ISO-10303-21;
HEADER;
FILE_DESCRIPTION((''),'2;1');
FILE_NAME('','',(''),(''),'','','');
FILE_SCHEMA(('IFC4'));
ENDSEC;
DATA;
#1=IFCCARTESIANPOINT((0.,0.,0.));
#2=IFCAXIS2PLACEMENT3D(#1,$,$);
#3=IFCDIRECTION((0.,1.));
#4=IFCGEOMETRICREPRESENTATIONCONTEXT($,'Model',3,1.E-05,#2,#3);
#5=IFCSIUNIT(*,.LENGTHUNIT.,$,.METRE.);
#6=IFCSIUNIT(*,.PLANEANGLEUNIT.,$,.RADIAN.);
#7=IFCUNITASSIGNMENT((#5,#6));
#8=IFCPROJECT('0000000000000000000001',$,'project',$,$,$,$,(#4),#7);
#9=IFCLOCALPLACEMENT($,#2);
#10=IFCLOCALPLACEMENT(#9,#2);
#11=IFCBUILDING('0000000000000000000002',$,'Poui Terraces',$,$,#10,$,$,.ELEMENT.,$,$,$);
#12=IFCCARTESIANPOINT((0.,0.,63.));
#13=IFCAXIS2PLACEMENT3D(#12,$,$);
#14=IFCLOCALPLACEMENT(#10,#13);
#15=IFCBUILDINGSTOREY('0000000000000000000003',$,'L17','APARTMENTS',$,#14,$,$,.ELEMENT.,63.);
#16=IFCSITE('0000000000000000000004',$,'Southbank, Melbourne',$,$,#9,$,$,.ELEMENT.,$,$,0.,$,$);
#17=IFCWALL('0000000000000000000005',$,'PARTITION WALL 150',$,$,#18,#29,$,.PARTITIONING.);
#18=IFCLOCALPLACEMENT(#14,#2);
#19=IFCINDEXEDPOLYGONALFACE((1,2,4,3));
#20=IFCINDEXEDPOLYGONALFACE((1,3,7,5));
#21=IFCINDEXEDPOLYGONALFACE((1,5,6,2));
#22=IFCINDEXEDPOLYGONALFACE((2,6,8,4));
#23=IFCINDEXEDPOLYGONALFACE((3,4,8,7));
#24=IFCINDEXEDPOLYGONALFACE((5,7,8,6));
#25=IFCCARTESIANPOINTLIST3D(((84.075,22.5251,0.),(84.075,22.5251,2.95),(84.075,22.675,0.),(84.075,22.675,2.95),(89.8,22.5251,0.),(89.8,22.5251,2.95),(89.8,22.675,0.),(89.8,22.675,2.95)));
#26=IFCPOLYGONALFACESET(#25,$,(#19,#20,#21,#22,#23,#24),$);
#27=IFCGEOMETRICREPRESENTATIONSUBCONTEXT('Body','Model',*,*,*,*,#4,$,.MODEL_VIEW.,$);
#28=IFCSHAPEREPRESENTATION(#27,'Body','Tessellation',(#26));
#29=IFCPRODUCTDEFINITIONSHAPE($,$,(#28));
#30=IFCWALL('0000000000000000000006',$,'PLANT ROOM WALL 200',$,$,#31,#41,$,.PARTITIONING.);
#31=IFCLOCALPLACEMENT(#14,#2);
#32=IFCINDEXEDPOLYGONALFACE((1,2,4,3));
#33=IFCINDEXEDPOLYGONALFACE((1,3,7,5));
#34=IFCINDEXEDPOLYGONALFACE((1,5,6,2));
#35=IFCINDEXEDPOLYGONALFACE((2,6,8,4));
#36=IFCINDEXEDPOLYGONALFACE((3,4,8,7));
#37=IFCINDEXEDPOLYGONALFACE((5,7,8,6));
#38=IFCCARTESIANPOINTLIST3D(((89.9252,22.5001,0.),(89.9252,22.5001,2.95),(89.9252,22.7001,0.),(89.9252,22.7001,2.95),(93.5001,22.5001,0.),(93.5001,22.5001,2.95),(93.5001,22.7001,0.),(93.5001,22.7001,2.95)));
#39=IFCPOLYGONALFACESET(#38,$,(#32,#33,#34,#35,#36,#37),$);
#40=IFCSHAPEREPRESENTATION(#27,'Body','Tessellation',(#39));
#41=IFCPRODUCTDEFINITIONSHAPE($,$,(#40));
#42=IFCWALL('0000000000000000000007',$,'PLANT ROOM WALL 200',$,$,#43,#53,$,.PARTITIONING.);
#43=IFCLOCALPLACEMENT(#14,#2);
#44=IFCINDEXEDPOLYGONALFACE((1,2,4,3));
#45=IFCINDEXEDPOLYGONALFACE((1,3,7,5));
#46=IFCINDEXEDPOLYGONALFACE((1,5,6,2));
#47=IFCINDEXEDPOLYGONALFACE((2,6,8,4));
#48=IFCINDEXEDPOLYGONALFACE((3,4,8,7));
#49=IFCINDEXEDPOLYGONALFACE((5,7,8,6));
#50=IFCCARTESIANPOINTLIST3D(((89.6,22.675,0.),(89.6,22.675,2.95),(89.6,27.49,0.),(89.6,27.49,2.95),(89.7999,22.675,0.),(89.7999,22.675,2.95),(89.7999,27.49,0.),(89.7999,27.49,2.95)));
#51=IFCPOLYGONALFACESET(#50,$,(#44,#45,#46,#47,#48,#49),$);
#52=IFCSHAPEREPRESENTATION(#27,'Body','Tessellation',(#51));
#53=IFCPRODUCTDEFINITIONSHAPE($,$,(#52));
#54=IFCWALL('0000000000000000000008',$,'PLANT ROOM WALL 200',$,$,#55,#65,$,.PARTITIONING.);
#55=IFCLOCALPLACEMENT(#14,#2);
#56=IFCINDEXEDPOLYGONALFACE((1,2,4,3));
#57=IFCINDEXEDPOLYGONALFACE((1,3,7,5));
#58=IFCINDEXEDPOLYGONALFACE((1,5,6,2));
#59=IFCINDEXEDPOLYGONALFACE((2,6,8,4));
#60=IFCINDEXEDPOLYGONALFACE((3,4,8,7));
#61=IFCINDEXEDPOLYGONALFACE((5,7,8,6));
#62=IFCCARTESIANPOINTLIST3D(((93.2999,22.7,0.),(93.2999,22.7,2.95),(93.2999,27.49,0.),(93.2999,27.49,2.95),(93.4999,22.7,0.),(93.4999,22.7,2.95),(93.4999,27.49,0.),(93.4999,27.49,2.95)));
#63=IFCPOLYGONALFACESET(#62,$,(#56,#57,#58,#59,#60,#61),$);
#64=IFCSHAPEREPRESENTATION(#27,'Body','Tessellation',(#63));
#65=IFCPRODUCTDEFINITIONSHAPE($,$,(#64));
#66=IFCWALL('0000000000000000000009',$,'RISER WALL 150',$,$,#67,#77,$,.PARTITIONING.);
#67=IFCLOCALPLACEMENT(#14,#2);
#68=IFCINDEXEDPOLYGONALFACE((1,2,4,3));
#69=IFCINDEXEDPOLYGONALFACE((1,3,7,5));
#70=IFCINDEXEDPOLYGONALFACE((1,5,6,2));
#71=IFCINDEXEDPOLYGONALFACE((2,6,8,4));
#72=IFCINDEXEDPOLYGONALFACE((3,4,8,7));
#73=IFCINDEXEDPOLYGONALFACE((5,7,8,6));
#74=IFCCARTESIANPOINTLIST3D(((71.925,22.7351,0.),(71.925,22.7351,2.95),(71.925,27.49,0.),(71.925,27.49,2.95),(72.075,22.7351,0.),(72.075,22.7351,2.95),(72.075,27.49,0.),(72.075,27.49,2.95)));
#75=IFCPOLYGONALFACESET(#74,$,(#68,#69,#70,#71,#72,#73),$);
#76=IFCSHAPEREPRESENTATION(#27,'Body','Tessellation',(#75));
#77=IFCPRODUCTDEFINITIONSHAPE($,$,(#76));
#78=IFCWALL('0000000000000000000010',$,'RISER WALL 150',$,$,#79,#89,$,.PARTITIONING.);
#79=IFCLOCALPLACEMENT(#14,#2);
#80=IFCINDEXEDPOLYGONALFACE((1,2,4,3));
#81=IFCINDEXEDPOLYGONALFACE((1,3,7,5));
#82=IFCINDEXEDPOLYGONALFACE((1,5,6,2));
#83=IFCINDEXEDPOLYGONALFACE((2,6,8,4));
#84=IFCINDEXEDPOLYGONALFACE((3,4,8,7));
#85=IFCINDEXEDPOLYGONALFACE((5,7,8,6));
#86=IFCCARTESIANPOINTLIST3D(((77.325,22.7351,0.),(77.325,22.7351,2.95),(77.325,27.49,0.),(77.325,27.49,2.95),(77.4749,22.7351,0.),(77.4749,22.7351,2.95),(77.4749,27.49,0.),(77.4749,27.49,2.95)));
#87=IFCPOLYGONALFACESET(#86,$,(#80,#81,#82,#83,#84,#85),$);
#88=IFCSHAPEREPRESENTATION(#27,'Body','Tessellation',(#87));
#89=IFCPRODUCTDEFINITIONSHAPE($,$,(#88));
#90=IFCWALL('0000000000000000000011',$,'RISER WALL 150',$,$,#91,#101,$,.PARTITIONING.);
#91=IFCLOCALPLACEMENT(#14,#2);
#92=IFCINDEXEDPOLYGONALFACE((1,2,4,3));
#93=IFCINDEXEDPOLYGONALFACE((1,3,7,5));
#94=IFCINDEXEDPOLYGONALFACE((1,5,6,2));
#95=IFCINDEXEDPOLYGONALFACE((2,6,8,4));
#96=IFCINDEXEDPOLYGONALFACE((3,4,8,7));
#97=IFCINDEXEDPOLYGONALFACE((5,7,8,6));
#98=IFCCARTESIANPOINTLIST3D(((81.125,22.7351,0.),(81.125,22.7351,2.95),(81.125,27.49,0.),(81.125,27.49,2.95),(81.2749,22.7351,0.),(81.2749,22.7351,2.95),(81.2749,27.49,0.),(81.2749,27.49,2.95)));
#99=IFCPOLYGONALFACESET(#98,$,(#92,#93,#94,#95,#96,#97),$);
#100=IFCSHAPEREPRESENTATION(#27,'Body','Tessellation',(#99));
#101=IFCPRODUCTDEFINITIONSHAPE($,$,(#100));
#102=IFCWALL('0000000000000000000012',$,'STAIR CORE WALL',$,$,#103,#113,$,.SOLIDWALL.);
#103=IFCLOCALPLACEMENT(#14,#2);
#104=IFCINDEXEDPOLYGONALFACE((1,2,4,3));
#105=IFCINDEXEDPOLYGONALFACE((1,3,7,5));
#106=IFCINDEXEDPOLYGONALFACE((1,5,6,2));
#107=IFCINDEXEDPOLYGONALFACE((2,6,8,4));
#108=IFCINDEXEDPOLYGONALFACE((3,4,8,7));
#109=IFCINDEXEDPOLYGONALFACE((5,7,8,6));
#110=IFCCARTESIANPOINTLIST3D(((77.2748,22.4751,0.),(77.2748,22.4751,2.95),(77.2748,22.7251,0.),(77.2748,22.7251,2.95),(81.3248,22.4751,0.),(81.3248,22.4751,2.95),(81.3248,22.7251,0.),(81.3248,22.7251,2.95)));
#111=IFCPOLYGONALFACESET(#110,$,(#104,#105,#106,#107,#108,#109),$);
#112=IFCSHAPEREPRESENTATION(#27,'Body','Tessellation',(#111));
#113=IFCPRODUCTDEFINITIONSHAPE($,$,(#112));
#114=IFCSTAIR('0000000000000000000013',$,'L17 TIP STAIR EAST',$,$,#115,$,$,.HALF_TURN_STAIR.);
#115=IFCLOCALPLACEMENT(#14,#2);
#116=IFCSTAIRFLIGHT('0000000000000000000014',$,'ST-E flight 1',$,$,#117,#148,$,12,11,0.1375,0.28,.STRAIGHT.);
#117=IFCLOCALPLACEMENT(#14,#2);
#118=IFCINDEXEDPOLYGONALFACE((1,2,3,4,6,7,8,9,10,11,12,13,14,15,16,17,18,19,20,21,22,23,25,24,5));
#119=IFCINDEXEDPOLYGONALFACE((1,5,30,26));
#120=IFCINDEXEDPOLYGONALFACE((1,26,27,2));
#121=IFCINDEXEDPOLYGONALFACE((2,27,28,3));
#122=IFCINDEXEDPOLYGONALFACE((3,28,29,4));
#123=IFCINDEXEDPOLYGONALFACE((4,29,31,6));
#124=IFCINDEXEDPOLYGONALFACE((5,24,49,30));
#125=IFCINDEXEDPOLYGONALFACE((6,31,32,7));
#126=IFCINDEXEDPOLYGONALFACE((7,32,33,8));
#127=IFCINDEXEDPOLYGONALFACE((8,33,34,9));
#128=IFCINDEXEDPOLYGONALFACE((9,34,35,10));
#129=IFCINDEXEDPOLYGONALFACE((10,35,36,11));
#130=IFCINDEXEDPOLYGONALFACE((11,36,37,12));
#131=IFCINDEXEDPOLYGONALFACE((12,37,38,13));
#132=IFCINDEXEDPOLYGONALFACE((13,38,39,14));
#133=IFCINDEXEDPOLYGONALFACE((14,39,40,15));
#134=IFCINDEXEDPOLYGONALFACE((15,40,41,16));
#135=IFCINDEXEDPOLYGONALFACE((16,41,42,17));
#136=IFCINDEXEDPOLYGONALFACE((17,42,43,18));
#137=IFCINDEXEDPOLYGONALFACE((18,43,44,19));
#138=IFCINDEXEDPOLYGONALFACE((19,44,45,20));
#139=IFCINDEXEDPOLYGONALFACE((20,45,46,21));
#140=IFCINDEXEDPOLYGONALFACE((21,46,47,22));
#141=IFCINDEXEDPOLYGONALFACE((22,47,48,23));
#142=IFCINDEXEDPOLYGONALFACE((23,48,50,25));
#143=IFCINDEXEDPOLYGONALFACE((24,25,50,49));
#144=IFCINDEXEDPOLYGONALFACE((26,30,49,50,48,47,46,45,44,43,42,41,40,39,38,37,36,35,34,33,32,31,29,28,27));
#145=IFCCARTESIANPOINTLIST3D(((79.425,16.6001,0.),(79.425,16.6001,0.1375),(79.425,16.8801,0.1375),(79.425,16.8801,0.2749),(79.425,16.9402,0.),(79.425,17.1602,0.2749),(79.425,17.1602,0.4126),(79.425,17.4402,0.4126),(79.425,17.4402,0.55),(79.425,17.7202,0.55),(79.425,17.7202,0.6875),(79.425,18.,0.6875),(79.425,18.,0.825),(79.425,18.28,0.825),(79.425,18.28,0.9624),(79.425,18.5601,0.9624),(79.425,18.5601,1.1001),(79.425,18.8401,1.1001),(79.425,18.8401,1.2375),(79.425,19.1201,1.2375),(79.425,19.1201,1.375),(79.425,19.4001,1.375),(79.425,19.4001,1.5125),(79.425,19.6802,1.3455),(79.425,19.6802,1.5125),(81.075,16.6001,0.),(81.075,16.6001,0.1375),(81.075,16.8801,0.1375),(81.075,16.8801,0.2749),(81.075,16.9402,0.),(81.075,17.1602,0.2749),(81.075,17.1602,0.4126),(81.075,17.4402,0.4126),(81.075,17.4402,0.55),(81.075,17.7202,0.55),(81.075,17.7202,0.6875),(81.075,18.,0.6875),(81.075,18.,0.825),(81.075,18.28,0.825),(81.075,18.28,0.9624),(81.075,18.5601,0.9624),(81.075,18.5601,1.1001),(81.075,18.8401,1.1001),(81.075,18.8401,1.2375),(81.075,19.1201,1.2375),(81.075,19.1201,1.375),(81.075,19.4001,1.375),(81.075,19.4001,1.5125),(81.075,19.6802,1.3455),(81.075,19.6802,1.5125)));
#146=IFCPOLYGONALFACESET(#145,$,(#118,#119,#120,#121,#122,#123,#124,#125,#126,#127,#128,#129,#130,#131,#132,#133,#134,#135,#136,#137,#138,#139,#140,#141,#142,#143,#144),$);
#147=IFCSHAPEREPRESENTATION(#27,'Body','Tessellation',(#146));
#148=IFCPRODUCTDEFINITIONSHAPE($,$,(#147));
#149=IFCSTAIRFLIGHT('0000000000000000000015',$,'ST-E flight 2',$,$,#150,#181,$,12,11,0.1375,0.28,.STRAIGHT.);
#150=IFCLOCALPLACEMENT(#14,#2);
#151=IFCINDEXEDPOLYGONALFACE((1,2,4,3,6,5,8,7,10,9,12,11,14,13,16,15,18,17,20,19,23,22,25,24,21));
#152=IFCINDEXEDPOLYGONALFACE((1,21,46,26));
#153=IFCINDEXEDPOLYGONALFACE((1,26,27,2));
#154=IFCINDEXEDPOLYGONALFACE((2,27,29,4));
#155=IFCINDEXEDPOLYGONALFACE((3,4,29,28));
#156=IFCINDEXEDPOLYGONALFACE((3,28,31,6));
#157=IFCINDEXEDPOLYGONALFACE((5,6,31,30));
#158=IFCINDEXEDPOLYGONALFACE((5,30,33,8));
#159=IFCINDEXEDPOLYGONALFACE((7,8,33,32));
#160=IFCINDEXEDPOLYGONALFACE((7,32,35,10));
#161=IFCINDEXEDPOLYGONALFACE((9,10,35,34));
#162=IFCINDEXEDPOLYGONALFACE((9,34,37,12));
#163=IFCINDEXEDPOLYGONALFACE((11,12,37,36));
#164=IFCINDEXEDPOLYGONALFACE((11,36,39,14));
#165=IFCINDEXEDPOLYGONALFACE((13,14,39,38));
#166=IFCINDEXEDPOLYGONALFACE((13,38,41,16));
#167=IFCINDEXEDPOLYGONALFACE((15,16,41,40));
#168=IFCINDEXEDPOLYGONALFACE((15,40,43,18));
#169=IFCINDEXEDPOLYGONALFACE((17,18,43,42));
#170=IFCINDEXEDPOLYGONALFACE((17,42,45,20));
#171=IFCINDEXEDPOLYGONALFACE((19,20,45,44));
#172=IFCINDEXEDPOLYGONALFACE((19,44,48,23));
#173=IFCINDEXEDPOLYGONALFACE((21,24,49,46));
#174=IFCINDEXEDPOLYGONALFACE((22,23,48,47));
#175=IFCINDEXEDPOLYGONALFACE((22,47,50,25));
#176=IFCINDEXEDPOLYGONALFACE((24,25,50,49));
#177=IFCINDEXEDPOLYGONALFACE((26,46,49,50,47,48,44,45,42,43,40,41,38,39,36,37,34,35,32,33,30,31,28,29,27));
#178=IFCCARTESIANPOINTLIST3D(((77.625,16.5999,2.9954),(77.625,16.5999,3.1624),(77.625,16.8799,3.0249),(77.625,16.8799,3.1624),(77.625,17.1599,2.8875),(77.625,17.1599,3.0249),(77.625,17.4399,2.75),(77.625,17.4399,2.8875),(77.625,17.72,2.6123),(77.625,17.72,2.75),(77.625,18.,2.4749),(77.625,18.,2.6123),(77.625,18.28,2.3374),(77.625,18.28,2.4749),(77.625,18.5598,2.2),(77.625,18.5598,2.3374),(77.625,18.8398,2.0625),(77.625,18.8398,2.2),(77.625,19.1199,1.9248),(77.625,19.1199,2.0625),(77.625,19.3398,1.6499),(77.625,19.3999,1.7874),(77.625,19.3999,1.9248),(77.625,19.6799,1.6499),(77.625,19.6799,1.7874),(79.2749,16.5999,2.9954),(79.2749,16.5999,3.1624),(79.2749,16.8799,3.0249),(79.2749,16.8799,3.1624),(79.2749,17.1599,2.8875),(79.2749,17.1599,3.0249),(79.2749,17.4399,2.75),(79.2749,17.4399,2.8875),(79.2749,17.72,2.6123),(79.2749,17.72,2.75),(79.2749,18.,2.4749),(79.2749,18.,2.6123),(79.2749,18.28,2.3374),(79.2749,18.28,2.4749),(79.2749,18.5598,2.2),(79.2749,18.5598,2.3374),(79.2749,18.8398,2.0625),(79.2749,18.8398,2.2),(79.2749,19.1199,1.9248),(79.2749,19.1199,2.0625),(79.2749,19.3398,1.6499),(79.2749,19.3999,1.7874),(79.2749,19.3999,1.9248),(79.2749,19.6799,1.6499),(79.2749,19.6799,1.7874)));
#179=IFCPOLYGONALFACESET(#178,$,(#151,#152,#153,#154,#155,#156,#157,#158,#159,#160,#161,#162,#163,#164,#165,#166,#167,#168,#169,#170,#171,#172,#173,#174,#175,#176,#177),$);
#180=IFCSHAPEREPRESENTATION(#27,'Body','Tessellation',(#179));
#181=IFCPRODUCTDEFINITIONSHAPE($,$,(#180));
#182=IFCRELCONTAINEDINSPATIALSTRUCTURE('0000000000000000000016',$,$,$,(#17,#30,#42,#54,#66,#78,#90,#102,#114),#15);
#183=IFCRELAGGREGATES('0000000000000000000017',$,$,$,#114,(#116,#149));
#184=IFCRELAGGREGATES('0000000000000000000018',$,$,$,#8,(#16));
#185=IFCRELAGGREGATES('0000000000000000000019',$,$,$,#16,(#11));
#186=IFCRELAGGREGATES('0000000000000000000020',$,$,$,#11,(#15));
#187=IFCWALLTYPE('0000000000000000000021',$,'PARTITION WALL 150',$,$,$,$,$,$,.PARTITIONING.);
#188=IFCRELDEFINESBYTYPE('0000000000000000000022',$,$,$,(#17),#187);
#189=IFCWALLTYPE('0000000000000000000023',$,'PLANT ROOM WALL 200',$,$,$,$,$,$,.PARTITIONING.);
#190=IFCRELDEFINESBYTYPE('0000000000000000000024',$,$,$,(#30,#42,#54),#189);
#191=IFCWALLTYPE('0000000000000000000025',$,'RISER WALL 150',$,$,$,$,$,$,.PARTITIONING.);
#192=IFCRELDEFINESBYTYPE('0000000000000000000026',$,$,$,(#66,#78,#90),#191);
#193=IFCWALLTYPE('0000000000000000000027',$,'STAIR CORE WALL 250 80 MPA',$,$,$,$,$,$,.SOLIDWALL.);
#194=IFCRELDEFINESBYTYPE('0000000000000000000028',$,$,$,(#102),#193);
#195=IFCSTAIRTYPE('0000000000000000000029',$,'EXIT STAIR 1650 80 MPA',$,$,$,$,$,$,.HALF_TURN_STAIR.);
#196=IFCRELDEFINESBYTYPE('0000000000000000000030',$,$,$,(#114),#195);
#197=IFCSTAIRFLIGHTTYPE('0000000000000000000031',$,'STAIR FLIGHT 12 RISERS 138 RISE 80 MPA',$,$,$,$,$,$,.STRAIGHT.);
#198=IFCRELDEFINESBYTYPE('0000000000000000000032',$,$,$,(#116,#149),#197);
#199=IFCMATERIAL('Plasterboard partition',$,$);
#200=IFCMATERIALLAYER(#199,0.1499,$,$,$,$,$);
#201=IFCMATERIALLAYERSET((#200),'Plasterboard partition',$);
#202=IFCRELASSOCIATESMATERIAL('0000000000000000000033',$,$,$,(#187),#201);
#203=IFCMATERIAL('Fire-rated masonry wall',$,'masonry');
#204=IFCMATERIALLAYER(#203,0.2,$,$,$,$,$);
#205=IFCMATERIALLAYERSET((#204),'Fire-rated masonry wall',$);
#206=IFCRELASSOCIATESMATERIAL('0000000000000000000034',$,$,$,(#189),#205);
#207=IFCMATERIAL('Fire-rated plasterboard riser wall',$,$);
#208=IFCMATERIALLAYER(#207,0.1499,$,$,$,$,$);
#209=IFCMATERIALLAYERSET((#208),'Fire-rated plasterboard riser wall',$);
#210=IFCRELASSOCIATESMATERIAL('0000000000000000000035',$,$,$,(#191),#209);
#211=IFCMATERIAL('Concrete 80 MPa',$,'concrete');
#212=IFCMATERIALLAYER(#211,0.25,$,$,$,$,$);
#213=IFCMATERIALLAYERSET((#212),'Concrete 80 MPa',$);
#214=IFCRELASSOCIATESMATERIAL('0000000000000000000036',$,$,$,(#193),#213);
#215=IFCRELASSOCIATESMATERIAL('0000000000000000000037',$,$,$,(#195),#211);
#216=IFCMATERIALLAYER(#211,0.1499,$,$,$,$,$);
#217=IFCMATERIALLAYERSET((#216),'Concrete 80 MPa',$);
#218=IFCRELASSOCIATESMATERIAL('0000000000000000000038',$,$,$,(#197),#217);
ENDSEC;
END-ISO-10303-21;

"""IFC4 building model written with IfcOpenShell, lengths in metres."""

from ifc_helpers import new_model, si_unit, direction, frame, frame_2d, origin, place, context, subcontext, project, spatial, polyline, rectangle, outline, extrude, material, layer, layer_set, type_object, element, aggregate, save


model = new_model("IFC4")

# Units and contexts
model_context = context("Model", 3, precision=1e-05, world=origin(), true_north=direction((0.0, 1.0)))
body_context = subcontext(model_context, "Body", "Model", "MODEL_VIEW")
ifc_project = project(units=[si_unit("LENGTHUNIT", "METRE"), si_unit("PLANEANGLEUNIT", "RADIAN")], contexts=[model_context])

# Site, building, storey
site_placement = place(None, origin())
site = spatial("IfcSite", under=ifc_project, at=site_placement, Name="Southbank, Melbourne", CompositionType="ELEMENT", RefElevation=0.0)
building_placement = place(site_placement, origin())
building = spatial("IfcBuilding", under=site, at=building_placement, Name="Poui Terraces", CompositionType="ELEMENT")
storey_placement = place(building_placement, frame((0.0, 0.0, 63.0)))
storey = spatial("IfcBuildingStorey", under=building, at=storey_placement, Name="L17", Description="APARTMENTS", CompositionType="ELEMENT", Elevation=63.0)

# Shared definitions
ifc_material_1 = material(Name="Concrete 80 MPa", Category="concrete")

# Walls
ifc_material_2 = material(Name="Plasterboard partition")
ifc_layer_1 = layer(ifc_material_2, 0.1499)
ifc_layer_set_1 = layer_set([ifc_layer_1], Name="Plasterboard partition")
wall_type_1 = type_object("IfcWallType", Name="PARTITION WALL 150", PredefinedType="PARTITIONING", material=ifc_layer_set_1)
wall_1_placement = place(storey_placement, frame((84.075, 22.6001, 0.0), z_axis=(0.0, 0.0, 1.0), x_axis=(1.0, 0.0, 0.0)))
element("IfcWall", 1, at=wall_1_placement, inside=storey, type_object=wall_type_1, Name="PARTITION WALL 150", PredefinedType="PARTITIONING", context=body_context, shape_type="SweptSolid", body=[
    extrude(rectangle(XDim=5.7251, YDim=0.1499, at=frame_2d((2.8625, 0.0))), origin(), (0.0, 0.0, 1.0), 2.95),
])
ifc_material_3 = material(Name="Fire-rated masonry wall", Category="masonry")
ifc_layer_2 = layer(ifc_material_3, 0.2)
ifc_layer_set_2 = layer_set([ifc_layer_2], Name="Fire-rated masonry wall")
wall_type_2 = type_object("IfcWallType", Name="PLANT ROOM WALL 200", PredefinedType="PARTITIONING", material=ifc_layer_set_2)
wall_2_placement = place(storey_placement, frame((89.925, 22.6001, 0.0), z_axis=(0.0, 0.0, 1.0), x_axis=(1.0, 0.0, 0.0)))
element("IfcWall", 2, at=wall_2_placement, inside=storey, type_object=wall_type_2, Name="PLANT ROOM WALL 200", PredefinedType="PARTITIONING", context=body_context, shape_type="SweptSolid", body=[
    extrude(rectangle(XDim=3.575, YDim=0.2, at=frame_2d((1.7876, 0.0))), origin(), (0.0, 0.0, 1.0), 2.95),
])
wall_3_placement = place(storey_placement, frame((89.7, 22.675, 0.0), z_axis=(0.0, 0.0, 1.0), x_axis=(0.0, 1.0, 0.0)))
element("IfcWall", 3, at=wall_3_placement, inside=storey, type_object=wall_type_2, Name="PLANT ROOM WALL 200", PredefinedType="PARTITIONING", context=body_context, shape_type="SweptSolid", body=[
    extrude(rectangle(XDim=4.8149, YDim=0.2, at=frame_2d((2.4075, 0.0))), origin(), (0.0, 0.0, 1.0), 2.95),
])
wall_4_placement = place(storey_placement, frame((93.3999, 22.7, 0.0), z_axis=(0.0, 0.0, 1.0), x_axis=(0.0, 1.0, 0.0)))
element("IfcWall", 4, at=wall_4_placement, inside=storey, type_object=wall_type_2, Name="PLANT ROOM WALL 200", PredefinedType="PARTITIONING", context=body_context, shape_type="SweptSolid", body=[
    extrude(rectangle(XDim=4.79, YDim=0.2, at=frame_2d((2.395, 0.0))), origin(), (0.0, 0.0, 1.0), 2.95),
])
ifc_material_4 = material(Name="Fire-rated plasterboard riser wall")
ifc_layer_3 = layer(ifc_material_4, 0.1499)
ifc_layer_set_3 = layer_set([ifc_layer_3], Name="Fire-rated plasterboard riser wall")
wall_type_3 = type_object("IfcWallType", Name="RISER WALL 150", PredefinedType="PARTITIONING", material=ifc_layer_set_3)
for number, where, z_axis, x_axis, name in (
    (5, (72.0, 22.7351, 0.0), (0.0, 0.0, 1.0), (0.0, 1.0, 0.0), "RISER WALL 150"),
    (6, (77.3999, 22.7351, 0.0), (0.0, 0.0, 1.0), (0.0, 1.0, 0.0), "RISER WALL 150"),
    (7, (81.2, 22.7351, 0.0), (0.0, 0.0, 1.0), (0.0, 1.0, 0.0), "RISER WALL 150"),
):
    element("IfcWall", number, at=place(storey_placement, frame(where, z_axis=z_axis, x_axis=x_axis)), inside=storey, type_object=wall_type_3, Name=name, PredefinedType="PARTITIONING", context=body_context, shape_type="SweptSolid", body=[
        extrude(rectangle(XDim=4.7549, YDim=0.1499, at=frame_2d((2.3774, 0.0))), origin(), (0.0, 0.0, 1.0), 2.95),
    ])
ifc_layer_4 = layer(ifc_material_1, 0.25)
ifc_layer_set_4 = layer_set([ifc_layer_4], Name="Concrete 80 MPa")
wall_type_4 = type_object("IfcWallType", Name="STAIR CORE WALL 250 80 MPA", PredefinedType="SOLIDWALL", material=ifc_layer_set_4)
wall_5_placement = place(storey_placement, frame((77.2749, 22.6001, 0.0), z_axis=(0.0, 0.0, 1.0), x_axis=(1.0, 0.0, 0.0)))
element("IfcWall", 8, at=wall_5_placement, inside=storey, type_object=wall_type_4, Name="STAIR CORE WALL", PredefinedType="SOLIDWALL", context=body_context, shape_type="SweptSolid", body=[
    extrude(rectangle(XDim=4.05, YDim=0.25, at=frame_2d((2.0249, 0.0))), origin(), (0.0, 0.0, 1.0), 2.95),
])

# Stair, stair flights
stair_type = type_object("IfcStairType", Name="EXIT STAIR 1650 80 MPA", PredefinedType="HALF_TURN_STAIR", material=ifc_material_1)
stair_placement = place(storey_placement, origin())
stair = element("IfcStair", 9, at=stair_placement, inside=storey, type_object=stair_type, Name="L17 TIP STAIR EAST", PredefinedType="HALF_TURN_STAIR")
ifc_layer_5 = layer(ifc_material_1, 0.1499)
ifc_layer_set_5 = layer_set([ifc_layer_5], Name="Concrete 80 MPa")
stair_flight_type = type_object("IfcStairFlightType", Name="STAIR FLIGHT 12 RISERS 138 RISE 80 MPA", PredefinedType="STRAIGHT", material=ifc_layer_set_5)
stair_flight_1_placement = place(storey_placement, frame((80.25, 16.6001, 0.0), z_axis=(0.0, 0.0, 1.0), x_axis=(0.0, 1.0, 0.0)))
stair_flight_1 = element("IfcStairFlight", 10, at=stair_flight_1_placement, type_object=stair_flight_type, Name="ST-E flight 1", NumberOfRisers=12, NumberOfTreads=11, PredefinedType="STRAIGHT", RiserHeight=0.1375, TreadLength=0.28, context=body_context, shape_type="SweptSolid", body=[
    extrude(outline(polyline([(0.0, 0.0), (0.0, 0.1375), (0.28, 0.1375), (0.28, 0.2749), (0.5601, 0.2749), (0.5601, 0.4126), (0.8401, 0.4126), (0.8401, 0.55), (1.1201, 0.55), (1.1201, 0.6875), (1.3999, 0.6875), (1.3999, 0.825), (1.6799, 0.825), (1.6799, 0.9624), (1.96, 0.9624), (1.96, 1.1001), (2.24, 1.1001), (2.24, 1.2375), (2.52, 1.2375), (2.52, 1.375), (2.8, 1.375), (2.8, 1.5125), (3.0801, 1.5125), (3.0801, 1.6499), (3.0801, 1.3455), (0.3401, 0.0), (0.0, 0.0)])), frame((0.0, 0.825, 0.0), z_axis=(0.0, -1.0, 0.0), x_axis=(1.0, 0.0, 0.0)), (0.0, 0.0, 1.0), 1.6499),
])
stair_flight_2_placement = place(storey_placement, frame((78.45, 19.6799, 1.6499), z_axis=(0.0, 0.0, 1.0), x_axis=(0.0, -1.0, 0.0)))
stair_flight_2 = element("IfcStairFlight", 11, at=stair_flight_2_placement, type_object=stair_flight_type, Name="ST-E flight 2", NumberOfRisers=12, NumberOfTreads=11, PredefinedType="STRAIGHT", RiserHeight=0.1375, TreadLength=0.28, context=body_context, shape_type="SweptSolid", body=[
    extrude(outline(polyline([(0.0, 0.0), (0.0, 0.1375), (0.28, 0.1375), (0.28, 0.2749), (0.5601, 0.2749), (0.5601, 0.4126), (0.8401, 0.4126), (0.8401, 0.55), (1.1201, 0.55), (1.1201, 0.6875), (1.3999, 0.6875), (1.3999, 0.825), (1.6799, 0.825), (1.6799, 0.9624), (1.96, 0.9624), (1.96, 1.1001), (2.24, 1.1001), (2.24, 1.2375), (2.52, 1.2375), (2.52, 1.375), (2.8, 1.375), (2.8, 1.5125), (3.0801, 1.5125), (3.0801, 1.6499), (3.0801, 1.3455), (0.3401, 0.0), (0.0, 0.0)])), frame((0.0, 0.825, 0.0), z_axis=(0.0, -1.0, 0.0), x_axis=(1.0, 0.0, 0.0)), (0.0, 0.0, 1.0), 1.6499),
])
aggregate(stair, [stair_flight_1, stair_flight_2])

save(model, "model.ifc")
